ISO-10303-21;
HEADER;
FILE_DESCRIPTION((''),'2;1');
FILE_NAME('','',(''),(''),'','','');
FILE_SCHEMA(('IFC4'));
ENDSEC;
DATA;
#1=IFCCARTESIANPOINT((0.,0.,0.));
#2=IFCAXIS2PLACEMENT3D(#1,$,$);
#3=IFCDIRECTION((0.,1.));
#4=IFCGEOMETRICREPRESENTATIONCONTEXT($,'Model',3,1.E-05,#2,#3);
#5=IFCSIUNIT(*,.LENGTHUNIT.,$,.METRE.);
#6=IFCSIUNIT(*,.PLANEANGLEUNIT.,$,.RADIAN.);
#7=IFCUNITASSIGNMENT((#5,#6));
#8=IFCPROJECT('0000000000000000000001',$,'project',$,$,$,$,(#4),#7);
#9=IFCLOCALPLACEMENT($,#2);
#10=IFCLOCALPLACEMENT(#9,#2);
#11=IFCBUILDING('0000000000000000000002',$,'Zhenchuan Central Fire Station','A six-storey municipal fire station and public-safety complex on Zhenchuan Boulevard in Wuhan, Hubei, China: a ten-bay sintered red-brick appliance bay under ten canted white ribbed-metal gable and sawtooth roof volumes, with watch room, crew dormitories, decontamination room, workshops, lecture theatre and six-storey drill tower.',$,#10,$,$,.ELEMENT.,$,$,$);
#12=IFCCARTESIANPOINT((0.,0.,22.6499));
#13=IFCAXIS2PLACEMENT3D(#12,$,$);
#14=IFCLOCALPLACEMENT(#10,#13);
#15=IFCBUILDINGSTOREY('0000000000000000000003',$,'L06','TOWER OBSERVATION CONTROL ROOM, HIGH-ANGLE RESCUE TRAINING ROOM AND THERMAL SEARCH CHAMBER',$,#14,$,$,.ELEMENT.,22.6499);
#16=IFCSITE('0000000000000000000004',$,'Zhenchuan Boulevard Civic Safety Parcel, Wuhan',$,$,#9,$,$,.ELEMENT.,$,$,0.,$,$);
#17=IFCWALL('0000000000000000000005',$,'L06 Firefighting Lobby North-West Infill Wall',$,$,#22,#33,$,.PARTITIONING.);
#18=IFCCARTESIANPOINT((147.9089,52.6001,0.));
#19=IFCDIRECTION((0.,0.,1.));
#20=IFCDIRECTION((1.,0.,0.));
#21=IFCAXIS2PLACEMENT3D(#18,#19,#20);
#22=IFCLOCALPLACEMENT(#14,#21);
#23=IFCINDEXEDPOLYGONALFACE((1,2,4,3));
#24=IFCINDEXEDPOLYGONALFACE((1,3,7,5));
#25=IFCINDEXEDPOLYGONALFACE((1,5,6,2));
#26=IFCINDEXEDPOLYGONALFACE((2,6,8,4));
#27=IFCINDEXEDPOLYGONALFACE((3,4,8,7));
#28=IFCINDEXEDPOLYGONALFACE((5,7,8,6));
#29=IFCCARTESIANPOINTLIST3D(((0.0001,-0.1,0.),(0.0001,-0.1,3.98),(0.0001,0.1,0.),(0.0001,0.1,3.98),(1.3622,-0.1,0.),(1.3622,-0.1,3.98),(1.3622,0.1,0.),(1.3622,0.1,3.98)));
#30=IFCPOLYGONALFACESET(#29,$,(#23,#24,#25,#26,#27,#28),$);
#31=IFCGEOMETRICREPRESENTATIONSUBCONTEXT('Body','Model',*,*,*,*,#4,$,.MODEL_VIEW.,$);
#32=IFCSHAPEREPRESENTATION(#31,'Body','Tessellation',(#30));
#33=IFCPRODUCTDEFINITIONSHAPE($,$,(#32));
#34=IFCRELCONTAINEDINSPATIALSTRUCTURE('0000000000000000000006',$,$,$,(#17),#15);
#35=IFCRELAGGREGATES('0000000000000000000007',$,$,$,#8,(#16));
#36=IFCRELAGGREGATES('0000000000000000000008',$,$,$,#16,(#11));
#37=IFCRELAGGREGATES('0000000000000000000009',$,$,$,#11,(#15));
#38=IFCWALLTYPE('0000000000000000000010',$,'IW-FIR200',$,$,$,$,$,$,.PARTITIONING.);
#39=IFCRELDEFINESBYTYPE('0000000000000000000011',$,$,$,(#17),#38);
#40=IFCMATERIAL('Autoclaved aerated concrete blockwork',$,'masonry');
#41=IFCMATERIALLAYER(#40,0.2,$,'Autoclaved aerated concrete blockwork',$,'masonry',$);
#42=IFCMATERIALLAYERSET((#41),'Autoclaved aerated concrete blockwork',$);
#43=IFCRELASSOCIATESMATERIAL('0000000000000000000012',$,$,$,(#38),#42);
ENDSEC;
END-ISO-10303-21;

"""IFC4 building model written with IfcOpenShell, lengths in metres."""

from ifc_helpers import new_model, si_unit, direction, frame, frame_2d, origin, place, context, subcontext, project, spatial, rectangle, extrude, material, layer, layer_set, type_object, element, save


model = new_model("IFC4")

# Units and contexts
model_context = context("Model", 3, precision=1e-05, world=origin(), true_north=direction((0.0, 1.0)))
body_context = subcontext(model_context, "Body", "Model", "MODEL_VIEW")
ifc_project = project(units=[si_unit("LENGTHUNIT", "METRE"), si_unit("PLANEANGLEUNIT", "RADIAN")], contexts=[model_context])

# Site, building, storey
site_placement = place(None, origin())
site = spatial("IfcSite", under=ifc_project, at=site_placement, Name="Zhenchuan Boulevard Civic Safety Parcel, Wuhan", CompositionType="ELEMENT", RefElevation=0.0)
building_placement = place(site_placement, origin())
building = spatial("IfcBuilding", under=site, at=building_placement, Name="Zhenchuan Central Fire Station", Description="A six-storey municipal fire station and public-safety complex on Zhenchuan Boulevard in Wuhan, Hubei, China: a ten-bay sintered red-brick appliance bay under ten canted white ribbed-metal gable and sawtooth roof volumes, with watch room, crew dormitories, decontamination room, workshops, lecture theatre and six-storey drill tower.", CompositionType="ELEMENT")
storey_placement = place(building_placement, frame((0.0, 0.0, 22.6499)))
storey = spatial("IfcBuildingStorey", under=building, at=storey_placement, Name="L06", Description="TOWER OBSERVATION CONTROL ROOM, HIGH-ANGLE RESCUE TRAINING ROOM AND THERMAL SEARCH CHAMBER", CompositionType="ELEMENT", Elevation=22.6499)

# Wall
ifc_material_1 = material(Name="Autoclaved aerated concrete blockwork", Category="masonry")
ifc_layer_1 = layer(ifc_material_1, 0.2, Name="Autoclaved aerated concrete blockwork", Category="masonry")
ifc_layer_set_1 = layer_set([ifc_layer_1], Name="Autoclaved aerated concrete blockwork")
wall_type_1 = type_object("IfcWallType", Name="IW-FIR200", PredefinedType="PARTITIONING", material=ifc_layer_set_1)
wall_1_placement = place(storey_placement, frame((147.9089, 52.6001, 0.0), z_axis=(0.0, 0.0, 1.0), x_axis=(1.0, 0.0, 0.0)))
element("IfcWall", 1, at=wall_1_placement, inside=storey, type_object=wall_type_1, Name="L06 Firefighting Lobby North-West Infill Wall", PredefinedType="PARTITIONING", context=body_context, shape_type="SweptSolid", body=[
    extrude(rectangle(XDim=1.3621, YDim=0.2, at=frame_2d((0.6812, 0.0))), origin(), (0.0, 0.0, 1.0), 3.98),
])

save(model, "model.ifc")
